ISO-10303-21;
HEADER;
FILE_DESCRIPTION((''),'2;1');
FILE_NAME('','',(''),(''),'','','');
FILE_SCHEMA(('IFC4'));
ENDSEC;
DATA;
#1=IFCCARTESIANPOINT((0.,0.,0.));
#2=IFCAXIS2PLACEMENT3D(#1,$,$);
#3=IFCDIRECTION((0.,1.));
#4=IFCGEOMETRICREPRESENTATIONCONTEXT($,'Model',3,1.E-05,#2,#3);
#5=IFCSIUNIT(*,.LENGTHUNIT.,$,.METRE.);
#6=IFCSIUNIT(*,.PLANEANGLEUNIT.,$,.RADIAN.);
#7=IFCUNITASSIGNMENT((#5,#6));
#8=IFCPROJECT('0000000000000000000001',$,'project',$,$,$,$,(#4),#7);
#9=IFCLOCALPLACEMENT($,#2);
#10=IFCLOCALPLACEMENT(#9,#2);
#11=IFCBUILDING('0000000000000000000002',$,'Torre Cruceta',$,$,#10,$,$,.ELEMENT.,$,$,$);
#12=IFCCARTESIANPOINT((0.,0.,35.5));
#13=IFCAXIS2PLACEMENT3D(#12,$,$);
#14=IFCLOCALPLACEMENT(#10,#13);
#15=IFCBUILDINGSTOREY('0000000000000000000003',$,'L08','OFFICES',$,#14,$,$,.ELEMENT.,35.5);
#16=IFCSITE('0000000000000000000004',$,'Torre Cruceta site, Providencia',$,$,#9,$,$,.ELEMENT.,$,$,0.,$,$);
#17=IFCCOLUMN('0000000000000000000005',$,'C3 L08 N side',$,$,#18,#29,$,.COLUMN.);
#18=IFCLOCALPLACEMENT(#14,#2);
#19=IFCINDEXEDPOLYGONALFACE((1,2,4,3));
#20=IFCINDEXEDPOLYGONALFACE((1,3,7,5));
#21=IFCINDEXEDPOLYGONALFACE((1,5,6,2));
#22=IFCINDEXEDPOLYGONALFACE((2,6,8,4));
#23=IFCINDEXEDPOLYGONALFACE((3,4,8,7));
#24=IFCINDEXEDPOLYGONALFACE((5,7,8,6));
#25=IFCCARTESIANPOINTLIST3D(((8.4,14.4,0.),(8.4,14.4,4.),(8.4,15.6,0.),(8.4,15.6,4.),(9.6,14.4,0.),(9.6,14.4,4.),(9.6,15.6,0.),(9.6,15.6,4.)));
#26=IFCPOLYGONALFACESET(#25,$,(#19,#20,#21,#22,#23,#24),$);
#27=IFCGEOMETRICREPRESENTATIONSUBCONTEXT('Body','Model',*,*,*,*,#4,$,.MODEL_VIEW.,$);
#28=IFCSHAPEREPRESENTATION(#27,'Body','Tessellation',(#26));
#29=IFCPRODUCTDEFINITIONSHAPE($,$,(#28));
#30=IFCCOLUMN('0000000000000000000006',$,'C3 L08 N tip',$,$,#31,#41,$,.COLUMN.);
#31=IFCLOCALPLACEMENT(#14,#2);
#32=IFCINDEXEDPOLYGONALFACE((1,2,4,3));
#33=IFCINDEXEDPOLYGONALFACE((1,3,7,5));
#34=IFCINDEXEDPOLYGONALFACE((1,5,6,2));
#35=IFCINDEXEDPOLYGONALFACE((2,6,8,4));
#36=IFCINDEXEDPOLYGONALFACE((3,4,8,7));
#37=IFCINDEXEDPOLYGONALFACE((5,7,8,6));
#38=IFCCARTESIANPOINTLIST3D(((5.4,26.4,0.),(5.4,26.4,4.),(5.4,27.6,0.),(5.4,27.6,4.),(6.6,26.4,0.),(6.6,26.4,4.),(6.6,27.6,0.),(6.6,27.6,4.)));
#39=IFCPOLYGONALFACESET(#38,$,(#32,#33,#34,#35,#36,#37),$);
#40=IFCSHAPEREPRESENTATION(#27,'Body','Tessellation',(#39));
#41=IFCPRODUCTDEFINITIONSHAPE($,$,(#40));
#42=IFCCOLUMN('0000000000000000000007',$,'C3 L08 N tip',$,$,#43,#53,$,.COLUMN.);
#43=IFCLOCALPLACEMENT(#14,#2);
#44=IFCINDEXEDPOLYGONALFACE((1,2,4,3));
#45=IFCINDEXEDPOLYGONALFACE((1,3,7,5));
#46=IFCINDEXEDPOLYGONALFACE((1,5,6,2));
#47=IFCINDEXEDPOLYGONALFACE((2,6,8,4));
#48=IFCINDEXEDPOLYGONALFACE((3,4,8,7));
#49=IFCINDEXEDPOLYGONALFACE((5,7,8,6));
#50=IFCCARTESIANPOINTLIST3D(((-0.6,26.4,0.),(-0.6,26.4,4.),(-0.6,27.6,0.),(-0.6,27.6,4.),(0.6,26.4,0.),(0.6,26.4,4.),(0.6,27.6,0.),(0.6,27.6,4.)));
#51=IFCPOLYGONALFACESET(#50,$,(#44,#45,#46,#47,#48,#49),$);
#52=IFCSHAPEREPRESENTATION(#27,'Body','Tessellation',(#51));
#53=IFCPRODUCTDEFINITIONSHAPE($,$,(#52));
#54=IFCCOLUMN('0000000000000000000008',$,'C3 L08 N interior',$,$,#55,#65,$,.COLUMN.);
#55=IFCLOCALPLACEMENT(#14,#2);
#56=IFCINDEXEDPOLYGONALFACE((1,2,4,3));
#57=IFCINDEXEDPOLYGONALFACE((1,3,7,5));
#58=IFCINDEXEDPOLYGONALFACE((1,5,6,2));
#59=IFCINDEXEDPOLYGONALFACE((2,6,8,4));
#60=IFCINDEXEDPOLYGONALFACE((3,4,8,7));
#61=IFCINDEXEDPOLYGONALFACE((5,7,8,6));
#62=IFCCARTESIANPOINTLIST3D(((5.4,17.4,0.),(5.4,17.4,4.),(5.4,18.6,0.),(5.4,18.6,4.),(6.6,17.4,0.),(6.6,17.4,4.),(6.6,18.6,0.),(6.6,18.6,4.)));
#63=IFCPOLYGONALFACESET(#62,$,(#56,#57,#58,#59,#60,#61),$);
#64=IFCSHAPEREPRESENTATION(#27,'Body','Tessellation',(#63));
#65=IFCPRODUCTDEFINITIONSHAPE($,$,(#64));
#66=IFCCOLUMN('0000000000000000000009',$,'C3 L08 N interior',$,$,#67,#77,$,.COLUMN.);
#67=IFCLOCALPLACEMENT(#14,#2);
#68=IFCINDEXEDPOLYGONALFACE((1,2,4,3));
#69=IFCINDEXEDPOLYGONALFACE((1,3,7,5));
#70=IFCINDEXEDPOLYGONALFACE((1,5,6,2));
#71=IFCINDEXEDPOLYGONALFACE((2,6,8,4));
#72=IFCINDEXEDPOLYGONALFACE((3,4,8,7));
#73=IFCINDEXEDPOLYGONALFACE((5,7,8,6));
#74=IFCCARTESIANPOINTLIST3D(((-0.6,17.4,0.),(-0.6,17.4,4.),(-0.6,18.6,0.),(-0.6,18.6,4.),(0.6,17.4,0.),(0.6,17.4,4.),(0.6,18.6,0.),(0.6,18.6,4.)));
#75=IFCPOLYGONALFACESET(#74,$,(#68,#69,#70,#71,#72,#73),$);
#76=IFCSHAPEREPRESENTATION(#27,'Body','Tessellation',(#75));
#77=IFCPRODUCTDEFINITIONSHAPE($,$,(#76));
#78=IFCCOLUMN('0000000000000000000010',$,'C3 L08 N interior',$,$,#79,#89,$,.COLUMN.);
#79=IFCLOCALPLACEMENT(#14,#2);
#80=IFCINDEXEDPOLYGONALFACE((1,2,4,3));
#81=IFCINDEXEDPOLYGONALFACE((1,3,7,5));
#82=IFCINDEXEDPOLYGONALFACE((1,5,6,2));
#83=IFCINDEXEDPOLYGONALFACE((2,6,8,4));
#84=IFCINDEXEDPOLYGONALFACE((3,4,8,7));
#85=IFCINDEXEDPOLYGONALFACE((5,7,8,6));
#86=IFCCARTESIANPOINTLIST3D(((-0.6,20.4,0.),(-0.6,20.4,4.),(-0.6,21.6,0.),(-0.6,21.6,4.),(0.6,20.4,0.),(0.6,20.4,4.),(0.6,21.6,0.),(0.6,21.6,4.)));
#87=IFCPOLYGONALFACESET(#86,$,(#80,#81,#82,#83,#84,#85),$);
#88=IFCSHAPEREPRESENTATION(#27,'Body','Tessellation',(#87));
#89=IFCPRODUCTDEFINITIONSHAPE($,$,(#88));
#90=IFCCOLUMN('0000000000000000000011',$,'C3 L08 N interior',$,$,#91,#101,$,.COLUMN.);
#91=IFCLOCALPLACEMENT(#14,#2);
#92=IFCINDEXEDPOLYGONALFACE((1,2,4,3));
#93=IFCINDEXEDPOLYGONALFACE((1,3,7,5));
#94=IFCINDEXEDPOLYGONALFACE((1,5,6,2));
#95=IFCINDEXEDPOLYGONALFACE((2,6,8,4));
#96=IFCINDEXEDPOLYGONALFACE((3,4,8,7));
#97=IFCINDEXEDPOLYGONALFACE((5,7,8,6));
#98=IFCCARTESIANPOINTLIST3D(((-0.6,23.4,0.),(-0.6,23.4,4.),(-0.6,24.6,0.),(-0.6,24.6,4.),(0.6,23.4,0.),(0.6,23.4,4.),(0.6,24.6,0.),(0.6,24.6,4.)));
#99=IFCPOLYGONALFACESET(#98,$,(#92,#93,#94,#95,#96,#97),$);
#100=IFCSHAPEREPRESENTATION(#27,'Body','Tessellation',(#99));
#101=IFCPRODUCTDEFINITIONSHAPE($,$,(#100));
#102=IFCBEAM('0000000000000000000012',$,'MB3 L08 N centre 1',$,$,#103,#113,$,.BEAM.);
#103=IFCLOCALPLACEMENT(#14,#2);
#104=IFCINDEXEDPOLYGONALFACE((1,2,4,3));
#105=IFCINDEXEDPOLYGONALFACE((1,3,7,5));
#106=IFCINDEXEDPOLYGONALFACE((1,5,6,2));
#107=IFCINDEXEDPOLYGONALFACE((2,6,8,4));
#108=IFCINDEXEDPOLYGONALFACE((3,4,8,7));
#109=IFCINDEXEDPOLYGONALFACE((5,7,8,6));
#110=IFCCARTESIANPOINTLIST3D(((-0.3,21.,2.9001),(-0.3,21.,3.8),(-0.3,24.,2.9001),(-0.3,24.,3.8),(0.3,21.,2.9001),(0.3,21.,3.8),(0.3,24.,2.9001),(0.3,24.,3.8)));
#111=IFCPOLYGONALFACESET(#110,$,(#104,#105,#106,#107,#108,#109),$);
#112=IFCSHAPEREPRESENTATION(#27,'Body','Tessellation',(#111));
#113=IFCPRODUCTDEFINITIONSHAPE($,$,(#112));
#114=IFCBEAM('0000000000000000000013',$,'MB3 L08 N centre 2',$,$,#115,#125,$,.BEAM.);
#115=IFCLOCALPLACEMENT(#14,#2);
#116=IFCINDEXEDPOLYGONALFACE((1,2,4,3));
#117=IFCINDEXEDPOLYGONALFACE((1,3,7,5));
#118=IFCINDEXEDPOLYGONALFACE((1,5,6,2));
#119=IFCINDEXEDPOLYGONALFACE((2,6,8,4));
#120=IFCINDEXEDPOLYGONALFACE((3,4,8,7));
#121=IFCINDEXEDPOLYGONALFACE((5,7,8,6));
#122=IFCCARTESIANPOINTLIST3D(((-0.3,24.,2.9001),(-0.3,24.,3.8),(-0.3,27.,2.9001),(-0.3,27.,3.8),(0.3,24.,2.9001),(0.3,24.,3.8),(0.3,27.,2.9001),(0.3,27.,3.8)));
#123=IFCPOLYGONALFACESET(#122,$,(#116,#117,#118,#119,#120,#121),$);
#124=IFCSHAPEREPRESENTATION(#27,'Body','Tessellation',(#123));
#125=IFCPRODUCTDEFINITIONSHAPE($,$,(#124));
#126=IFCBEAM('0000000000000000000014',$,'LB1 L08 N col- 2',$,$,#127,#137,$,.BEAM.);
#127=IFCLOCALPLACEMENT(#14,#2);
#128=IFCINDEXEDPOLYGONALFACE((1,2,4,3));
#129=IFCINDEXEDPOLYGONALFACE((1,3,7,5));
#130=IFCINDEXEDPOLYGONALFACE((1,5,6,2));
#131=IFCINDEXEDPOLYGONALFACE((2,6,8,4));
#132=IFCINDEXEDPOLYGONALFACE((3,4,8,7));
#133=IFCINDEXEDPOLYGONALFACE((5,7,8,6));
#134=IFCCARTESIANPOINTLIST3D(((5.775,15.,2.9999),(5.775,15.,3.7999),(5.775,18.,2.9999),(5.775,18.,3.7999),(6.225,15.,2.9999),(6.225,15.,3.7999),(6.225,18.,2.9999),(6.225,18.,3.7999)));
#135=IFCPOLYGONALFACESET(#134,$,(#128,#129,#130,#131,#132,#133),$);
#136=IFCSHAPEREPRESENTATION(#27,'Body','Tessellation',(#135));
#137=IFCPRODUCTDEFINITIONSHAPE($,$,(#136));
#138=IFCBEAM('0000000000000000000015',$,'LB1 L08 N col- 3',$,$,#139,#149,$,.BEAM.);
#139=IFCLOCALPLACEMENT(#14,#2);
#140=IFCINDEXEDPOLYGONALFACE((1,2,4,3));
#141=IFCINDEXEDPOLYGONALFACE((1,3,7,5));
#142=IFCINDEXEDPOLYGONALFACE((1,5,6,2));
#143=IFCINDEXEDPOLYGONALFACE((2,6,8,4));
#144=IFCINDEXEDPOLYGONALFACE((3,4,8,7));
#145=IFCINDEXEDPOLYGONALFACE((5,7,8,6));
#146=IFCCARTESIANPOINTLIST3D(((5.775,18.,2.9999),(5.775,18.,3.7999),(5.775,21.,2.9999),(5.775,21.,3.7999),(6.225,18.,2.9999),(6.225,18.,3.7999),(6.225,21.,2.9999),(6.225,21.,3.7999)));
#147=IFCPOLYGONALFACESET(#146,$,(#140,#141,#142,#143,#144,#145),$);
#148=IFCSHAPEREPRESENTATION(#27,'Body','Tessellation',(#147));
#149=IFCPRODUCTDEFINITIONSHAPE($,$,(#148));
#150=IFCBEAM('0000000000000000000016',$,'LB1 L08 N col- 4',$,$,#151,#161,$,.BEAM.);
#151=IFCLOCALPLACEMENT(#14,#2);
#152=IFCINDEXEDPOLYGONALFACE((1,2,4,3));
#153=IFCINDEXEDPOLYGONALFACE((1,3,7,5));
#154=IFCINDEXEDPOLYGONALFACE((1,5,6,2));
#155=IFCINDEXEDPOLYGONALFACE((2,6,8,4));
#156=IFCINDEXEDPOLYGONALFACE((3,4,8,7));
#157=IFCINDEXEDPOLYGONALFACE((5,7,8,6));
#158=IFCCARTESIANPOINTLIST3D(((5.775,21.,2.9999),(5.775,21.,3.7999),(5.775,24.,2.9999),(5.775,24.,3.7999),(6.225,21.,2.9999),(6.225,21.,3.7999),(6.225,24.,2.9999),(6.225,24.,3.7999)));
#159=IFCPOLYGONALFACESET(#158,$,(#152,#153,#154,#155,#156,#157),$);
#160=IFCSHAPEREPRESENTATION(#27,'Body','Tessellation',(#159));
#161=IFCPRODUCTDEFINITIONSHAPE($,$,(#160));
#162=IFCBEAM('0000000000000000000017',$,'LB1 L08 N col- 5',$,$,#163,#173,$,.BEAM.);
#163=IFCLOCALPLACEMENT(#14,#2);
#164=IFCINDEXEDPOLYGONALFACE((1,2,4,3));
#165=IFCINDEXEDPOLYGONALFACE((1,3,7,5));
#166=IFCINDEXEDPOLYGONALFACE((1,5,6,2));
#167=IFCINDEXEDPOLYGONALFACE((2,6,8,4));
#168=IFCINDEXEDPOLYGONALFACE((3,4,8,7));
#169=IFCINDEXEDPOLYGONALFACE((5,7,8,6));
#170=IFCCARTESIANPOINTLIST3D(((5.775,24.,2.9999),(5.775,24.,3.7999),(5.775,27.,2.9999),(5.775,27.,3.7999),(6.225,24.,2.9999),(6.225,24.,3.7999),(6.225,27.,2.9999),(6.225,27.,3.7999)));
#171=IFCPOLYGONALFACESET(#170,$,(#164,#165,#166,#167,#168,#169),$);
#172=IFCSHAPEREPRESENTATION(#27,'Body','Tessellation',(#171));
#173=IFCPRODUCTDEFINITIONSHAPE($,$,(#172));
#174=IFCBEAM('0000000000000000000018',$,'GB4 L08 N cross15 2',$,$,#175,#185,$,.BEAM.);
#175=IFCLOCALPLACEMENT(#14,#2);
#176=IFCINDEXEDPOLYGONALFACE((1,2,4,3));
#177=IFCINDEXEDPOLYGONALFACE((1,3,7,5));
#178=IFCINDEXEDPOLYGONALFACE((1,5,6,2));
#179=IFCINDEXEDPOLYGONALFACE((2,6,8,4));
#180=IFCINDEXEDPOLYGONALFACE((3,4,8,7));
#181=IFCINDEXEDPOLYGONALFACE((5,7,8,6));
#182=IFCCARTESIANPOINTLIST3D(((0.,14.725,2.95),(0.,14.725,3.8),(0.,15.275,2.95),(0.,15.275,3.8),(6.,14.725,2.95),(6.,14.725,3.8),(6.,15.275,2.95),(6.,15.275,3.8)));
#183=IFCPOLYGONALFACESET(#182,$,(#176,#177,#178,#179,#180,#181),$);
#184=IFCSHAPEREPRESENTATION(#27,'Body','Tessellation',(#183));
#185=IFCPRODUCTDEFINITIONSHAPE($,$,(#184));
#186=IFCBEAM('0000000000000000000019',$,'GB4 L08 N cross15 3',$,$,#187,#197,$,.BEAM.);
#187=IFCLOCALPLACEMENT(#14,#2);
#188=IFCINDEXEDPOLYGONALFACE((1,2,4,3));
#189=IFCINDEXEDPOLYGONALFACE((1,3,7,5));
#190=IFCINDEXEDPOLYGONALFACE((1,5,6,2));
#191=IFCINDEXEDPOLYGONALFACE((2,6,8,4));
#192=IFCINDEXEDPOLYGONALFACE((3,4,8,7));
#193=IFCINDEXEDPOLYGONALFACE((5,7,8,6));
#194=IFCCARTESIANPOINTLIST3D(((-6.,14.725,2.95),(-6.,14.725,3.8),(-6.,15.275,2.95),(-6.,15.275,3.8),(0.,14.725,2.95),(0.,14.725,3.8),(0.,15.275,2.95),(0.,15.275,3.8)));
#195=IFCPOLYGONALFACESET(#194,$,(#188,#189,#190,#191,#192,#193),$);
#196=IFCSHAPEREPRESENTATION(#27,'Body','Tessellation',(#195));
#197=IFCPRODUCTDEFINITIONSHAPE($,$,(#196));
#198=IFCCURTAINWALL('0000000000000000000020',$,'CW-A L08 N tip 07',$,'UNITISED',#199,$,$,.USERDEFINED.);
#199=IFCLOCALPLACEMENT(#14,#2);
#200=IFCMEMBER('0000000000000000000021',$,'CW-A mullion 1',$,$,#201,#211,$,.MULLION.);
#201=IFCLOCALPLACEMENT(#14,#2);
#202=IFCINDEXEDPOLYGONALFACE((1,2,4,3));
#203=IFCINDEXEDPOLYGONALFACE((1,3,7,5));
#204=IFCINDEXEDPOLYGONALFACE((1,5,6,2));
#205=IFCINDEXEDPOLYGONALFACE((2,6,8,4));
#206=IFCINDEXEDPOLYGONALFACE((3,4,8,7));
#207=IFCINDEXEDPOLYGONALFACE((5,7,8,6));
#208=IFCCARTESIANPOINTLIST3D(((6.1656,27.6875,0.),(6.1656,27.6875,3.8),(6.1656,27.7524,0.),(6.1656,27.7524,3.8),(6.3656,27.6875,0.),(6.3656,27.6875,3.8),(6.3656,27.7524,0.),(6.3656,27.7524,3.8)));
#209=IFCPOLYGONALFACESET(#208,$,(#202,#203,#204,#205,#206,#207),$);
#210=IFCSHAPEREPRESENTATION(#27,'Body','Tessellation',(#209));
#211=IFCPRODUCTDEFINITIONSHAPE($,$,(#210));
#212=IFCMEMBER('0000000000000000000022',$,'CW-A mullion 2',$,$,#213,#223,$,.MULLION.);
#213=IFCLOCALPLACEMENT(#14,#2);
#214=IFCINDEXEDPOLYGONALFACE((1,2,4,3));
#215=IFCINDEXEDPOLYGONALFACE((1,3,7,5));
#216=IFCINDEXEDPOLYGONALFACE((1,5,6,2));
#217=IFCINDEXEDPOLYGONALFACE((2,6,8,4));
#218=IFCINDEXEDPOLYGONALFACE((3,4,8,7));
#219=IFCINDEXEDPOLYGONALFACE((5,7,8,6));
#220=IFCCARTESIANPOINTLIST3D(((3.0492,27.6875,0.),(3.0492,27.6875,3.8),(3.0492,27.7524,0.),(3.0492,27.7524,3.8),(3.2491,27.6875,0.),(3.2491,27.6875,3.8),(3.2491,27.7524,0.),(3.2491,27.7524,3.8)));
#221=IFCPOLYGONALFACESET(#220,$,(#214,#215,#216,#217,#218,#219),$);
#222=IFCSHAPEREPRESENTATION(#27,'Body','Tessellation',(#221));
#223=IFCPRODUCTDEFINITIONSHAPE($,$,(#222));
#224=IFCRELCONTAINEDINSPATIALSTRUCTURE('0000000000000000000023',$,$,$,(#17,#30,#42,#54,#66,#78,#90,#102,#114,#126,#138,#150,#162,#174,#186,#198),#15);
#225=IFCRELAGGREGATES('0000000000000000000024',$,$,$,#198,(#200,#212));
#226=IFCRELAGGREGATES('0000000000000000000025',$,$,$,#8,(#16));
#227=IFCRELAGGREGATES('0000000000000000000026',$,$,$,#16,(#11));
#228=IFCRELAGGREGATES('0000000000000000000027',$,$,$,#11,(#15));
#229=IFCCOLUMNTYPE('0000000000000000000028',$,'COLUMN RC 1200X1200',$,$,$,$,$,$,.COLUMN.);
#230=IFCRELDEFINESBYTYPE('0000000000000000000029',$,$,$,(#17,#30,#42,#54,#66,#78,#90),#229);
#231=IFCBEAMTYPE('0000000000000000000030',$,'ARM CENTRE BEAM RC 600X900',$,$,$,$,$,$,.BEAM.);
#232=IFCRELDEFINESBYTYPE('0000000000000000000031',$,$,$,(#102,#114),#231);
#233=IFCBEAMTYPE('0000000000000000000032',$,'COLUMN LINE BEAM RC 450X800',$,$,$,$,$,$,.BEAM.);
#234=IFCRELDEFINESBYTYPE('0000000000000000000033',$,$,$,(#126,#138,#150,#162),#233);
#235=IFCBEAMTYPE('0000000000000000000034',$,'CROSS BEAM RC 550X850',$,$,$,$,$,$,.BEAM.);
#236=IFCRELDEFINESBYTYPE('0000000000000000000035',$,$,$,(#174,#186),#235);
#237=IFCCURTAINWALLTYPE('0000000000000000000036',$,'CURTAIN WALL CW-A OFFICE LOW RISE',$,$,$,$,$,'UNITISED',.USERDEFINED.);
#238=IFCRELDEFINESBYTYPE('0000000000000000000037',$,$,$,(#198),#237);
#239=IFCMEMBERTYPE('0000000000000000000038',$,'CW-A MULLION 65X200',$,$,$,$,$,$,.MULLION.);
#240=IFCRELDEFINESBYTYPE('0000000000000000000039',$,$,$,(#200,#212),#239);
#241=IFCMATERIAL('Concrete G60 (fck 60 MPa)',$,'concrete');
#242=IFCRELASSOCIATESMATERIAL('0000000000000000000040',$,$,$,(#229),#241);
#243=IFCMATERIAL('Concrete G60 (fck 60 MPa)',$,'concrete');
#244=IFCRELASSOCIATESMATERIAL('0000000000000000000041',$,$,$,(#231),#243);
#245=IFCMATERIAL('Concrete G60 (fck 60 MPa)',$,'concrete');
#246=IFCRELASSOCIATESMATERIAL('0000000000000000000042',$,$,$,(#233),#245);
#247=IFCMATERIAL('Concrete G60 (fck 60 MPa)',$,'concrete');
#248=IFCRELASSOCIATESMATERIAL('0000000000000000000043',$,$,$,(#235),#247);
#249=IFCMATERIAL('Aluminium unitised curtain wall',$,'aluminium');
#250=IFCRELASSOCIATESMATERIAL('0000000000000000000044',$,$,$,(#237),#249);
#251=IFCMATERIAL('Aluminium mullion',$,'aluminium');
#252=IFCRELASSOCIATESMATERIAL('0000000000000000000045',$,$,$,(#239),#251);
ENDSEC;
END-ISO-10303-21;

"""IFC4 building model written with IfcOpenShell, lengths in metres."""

from ifc_helpers import new_model, si_unit, direction, frame, origin, origin_2d, place, context, subcontext, project, spatial, rectangle, extrude, material, material_profile, profile_set, type_object, element, aggregate, save


model = new_model("IFC4")

# Units and contexts
model_context = context("Model", 3, precision=1e-05, world=origin(), true_north=direction((0.0, 1.0)))
body_context = subcontext(model_context, "Body", "Model", "MODEL_VIEW")
ifc_project = project(units=[si_unit("LENGTHUNIT", "METRE"), si_unit("PLANEANGLEUNIT", "RADIAN")], contexts=[model_context])

# Site, building, storey
site_placement = place(None, origin())
site = spatial("IfcSite", under=ifc_project, at=site_placement, Name="Torre Cruceta site, Providencia", CompositionType="ELEMENT", RefElevation=0.0)
building_placement = place(site_placement, origin())
building = spatial("IfcBuilding", under=site, at=building_placement, Name="Torre Cruceta", CompositionType="ELEMENT")
storey_placement = place(building_placement, frame((0.0, 0.0, 35.5)))
storey = spatial("IfcBuildingStorey", under=building, at=storey_placement, Name="L08", Description="OFFICES", CompositionType="ELEMENT", Elevation=35.5)

# Columns
ifc_material_1 = material(Name="Concrete G60 (fck 60 MPa)", Category="concrete")
ifc_material_profile_1 = material_profile(ifc_material_1, rectangle(XDim=1.2, YDim=1.2, at=origin_2d()), Name="RC 1200X1200")
ifc_profile_set_1 = profile_set([ifc_material_profile_1], Name="Concrete G60 (fck 60 MPa)")
column_type = type_object("IfcColumnType", Name="COLUMN RC 1200X1200", PredefinedType="COLUMN", material=ifc_profile_set_1)
for number, where, z_axis, x_axis, name in (
    (1, (9.0, 15.0, 0.0), (0.0, 0.0, 1.0), (1.0, 0.0, 0.0), "C3 L08 N side"),
    (2, (6.0, 27.0, 0.0), (0.0, 0.0, 1.0), (1.0, 0.0, 0.0), "C3 L08 N tip"),
    (3, (0.0, 27.0, 0.0), (0.0, 0.0, 1.0), (1.0, 0.0, 0.0), "C3 L08 N tip"),
    (4, (6.0, 18.0, 0.0), (0.0, 0.0, 1.0), (1.0, 0.0, 0.0), "C3 L08 N interior"),
    (5, (0.0, 18.0, 0.0), (0.0, 0.0, 1.0), (1.0, 0.0, 0.0), "C3 L08 N interior"),
    (6, (0.0, 21.0, 0.0), (0.0, 0.0, 1.0), (1.0, 0.0, 0.0), "C3 L08 N interior"),
    (7, (0.0, 24.0, 0.0), (0.0, 0.0, 1.0), (1.0, 0.0, 0.0), "C3 L08 N interior"),
):
    element("IfcColumn", number, at=place(storey_placement, frame(where, z_axis=z_axis, x_axis=x_axis)), inside=storey, type_object=column_type, Name=name, PredefinedType="COLUMN", context=body_context, shape_type="SweptSolid", body=[
        extrude(rectangle(XDim=1.2, YDim=1.2, at=origin_2d()), origin(), (0.0, 0.0, 1.0), 4.0),
    ])

# Beams
ifc_material_2 = material(Name="Concrete G60 (fck 60 MPa)", Category="concrete")
ifc_material_profile_2 = material_profile(ifc_material_2, rectangle(XDim=0.6001, YDim=0.8999, at=origin_2d()), Name="RC 600X900")
ifc_profile_set_2 = profile_set([ifc_material_profile_2], Name="Concrete G60 (fck 60 MPa)")
beam_type_1 = type_object("IfcBeamType", Name="ARM CENTRE BEAM RC 600X900", PredefinedType="BEAM", material=ifc_profile_set_2)
for number, where, z_axis, x_axis, name in (
    (8, (0.0, 21.0, 3.3501), (0.0, 1.0, 0.0), (-1.0, 0.0, 0.0), "MB3 L08 N centre 1"),
    (9, (0.0, 24.0, 3.3501), (0.0, 1.0, 0.0), (-1.0, 0.0, 0.0), "MB3 L08 N centre 2"),
):
    element("IfcBeam", number, at=place(storey_placement, frame(where, z_axis=z_axis, x_axis=x_axis)), inside=storey, type_object=beam_type_1, Name=name, PredefinedType="BEAM", context=body_context, shape_type="SweptSolid", body=[
        extrude(rectangle(XDim=0.6001, YDim=0.8999, at=origin_2d()), origin(), (0.0, 0.0, 1.0), 3.0),
    ])
ifc_material_3 = material(Name="Concrete G60 (fck 60 MPa)", Category="concrete")
ifc_material_profile_3 = material_profile(ifc_material_3, rectangle(XDim=0.45, YDim=0.8, at=origin_2d()), Name="RC 450X800")
ifc_profile_set_3 = profile_set([ifc_material_profile_3], Name="Concrete G60 (fck 60 MPa)")
beam_type_2 = type_object("IfcBeamType", Name="COLUMN LINE BEAM RC 450X800", PredefinedType="BEAM", material=ifc_profile_set_3)
for number, where, z_axis, x_axis, name in (
    (10, (6.0, 15.0, 3.3999), (0.0, 1.0, 0.0), (-1.0, 0.0, 0.0), "LB1 L08 N col- 2"),
    (11, (6.0, 18.0, 3.3999), (0.0, 1.0, 0.0), (-1.0, 0.0, 0.0), "LB1 L08 N col- 3"),
    (12, (6.0, 21.0, 3.3999), (0.0, 1.0, 0.0), (-1.0, 0.0, 0.0), "LB1 L08 N col- 4"),
    (13, (6.0, 24.0, 3.3999), (0.0, 1.0, 0.0), (-1.0, 0.0, 0.0), "LB1 L08 N col- 5"),
):
    element("IfcBeam", number, at=place(storey_placement, frame(where, z_axis=z_axis, x_axis=x_axis)), inside=storey, type_object=beam_type_2, Name=name, PredefinedType="BEAM", context=body_context, shape_type="SweptSolid", body=[
        extrude(rectangle(XDim=0.45, YDim=0.8, at=origin_2d()), origin(), (0.0, 0.0, 1.0), 3.0),
    ])
ifc_material_4 = material(Name="Concrete G60 (fck 60 MPa)", Category="concrete")
ifc_material_profile_4 = material_profile(ifc_material_4, rectangle(XDim=0.55, YDim=0.8501, at=origin_2d()), Name="RC 550X850")
ifc_profile_set_4 = profile_set([ifc_material_profile_4], Name="Concrete G60 (fck 60 MPa)")
beam_type_3 = type_object("IfcBeamType", Name="CROSS BEAM RC 550X850", PredefinedType="BEAM", material=ifc_profile_set_4)
for number, where, z_axis, x_axis, name in (
    (14, (6.0, 15.0, 3.375), (-1.0, 0.0, 0.0), (0.0, -1.0, 0.0), "GB4 L08 N cross15 2"),
    (15, (0.0, 15.0, 3.375), (-1.0, 0.0, 0.0), (0.0, -1.0, 0.0), "GB4 L08 N cross15 3"),
):
    element("IfcBeam", number, at=place(storey_placement, frame(where, z_axis=z_axis, x_axis=x_axis)), inside=storey, type_object=beam_type_3, Name=name, PredefinedType="BEAM", context=body_context, shape_type="SweptSolid", body=[
        extrude(rectangle(XDim=0.55, YDim=0.8501, at=origin_2d()), origin(), (0.0, 0.0, 1.0), 6.0),
    ])

# Curtain wall, members
ifc_material_5 = material(Name="Aluminium unitised curtain wall", Category="aluminium")
curtain_wall_type = type_object("IfcCurtainWallType", Name="CURTAIN WALL CW-A OFFICE LOW RISE", ElementType="UNITISED", PredefinedType="USERDEFINED", material=ifc_material_5)
curtain_wall_placement = place(storey_placement, origin())
curtain_wall = element("IfcCurtainWall", 16, at=curtain_wall_placement, inside=storey, type_object=curtain_wall_type, Name="CW-A L08 N tip 07", ObjectType="UNITISED", PredefinedType="USERDEFINED")
ifc_material_6 = material(Name="Aluminium mullion", Category="aluminium")
ifc_material_profile_5 = material_profile(ifc_material_6, rectangle(XDim=0.0649, YDim=0.2, at=origin_2d()), Name="AL 65X200")
ifc_profile_set_5 = profile_set([ifc_material_profile_5], Name="Aluminium mullion")
member_type_1 = type_object("IfcMemberType", Name="CW-A MULLION 65X200", PredefinedType="MULLION", material=ifc_profile_set_5)
member_1_placement = place(storey_placement, frame((6.2656, 27.72, 0.0), z_axis=(0.0, 0.0, 1.0), x_axis=(0.0, -1.0, 0.0)))
member_1 = element("IfcMember", 17, at=member_1_placement, type_object=member_type_1, Name="CW-A mullion 1", PredefinedType="MULLION", context=body_context, shape_type="SweptSolid", body=[
    extrude(rectangle(XDim=0.0649, YDim=0.2, at=origin_2d()), origin(), (0.0, 0.0, 1.0), 3.8),
])
member_2_placement = place(storey_placement, frame((3.1492, 27.72, 0.0), z_axis=(0.0, 0.0, 1.0), x_axis=(0.0, -1.0, 0.0)))
member_2 = element("IfcMember", 18, at=member_2_placement, type_object=member_type_1, Name="CW-A mullion 2", PredefinedType="MULLION", context=body_context, shape_type="SweptSolid", body=[
    extrude(rectangle(XDim=0.0649, YDim=0.2, at=origin_2d()), origin(), (0.0, 0.0, 1.0), 3.8),
])

aggregate(curtain_wall, [member_1, member_2])

save(model, "model.ifc")
